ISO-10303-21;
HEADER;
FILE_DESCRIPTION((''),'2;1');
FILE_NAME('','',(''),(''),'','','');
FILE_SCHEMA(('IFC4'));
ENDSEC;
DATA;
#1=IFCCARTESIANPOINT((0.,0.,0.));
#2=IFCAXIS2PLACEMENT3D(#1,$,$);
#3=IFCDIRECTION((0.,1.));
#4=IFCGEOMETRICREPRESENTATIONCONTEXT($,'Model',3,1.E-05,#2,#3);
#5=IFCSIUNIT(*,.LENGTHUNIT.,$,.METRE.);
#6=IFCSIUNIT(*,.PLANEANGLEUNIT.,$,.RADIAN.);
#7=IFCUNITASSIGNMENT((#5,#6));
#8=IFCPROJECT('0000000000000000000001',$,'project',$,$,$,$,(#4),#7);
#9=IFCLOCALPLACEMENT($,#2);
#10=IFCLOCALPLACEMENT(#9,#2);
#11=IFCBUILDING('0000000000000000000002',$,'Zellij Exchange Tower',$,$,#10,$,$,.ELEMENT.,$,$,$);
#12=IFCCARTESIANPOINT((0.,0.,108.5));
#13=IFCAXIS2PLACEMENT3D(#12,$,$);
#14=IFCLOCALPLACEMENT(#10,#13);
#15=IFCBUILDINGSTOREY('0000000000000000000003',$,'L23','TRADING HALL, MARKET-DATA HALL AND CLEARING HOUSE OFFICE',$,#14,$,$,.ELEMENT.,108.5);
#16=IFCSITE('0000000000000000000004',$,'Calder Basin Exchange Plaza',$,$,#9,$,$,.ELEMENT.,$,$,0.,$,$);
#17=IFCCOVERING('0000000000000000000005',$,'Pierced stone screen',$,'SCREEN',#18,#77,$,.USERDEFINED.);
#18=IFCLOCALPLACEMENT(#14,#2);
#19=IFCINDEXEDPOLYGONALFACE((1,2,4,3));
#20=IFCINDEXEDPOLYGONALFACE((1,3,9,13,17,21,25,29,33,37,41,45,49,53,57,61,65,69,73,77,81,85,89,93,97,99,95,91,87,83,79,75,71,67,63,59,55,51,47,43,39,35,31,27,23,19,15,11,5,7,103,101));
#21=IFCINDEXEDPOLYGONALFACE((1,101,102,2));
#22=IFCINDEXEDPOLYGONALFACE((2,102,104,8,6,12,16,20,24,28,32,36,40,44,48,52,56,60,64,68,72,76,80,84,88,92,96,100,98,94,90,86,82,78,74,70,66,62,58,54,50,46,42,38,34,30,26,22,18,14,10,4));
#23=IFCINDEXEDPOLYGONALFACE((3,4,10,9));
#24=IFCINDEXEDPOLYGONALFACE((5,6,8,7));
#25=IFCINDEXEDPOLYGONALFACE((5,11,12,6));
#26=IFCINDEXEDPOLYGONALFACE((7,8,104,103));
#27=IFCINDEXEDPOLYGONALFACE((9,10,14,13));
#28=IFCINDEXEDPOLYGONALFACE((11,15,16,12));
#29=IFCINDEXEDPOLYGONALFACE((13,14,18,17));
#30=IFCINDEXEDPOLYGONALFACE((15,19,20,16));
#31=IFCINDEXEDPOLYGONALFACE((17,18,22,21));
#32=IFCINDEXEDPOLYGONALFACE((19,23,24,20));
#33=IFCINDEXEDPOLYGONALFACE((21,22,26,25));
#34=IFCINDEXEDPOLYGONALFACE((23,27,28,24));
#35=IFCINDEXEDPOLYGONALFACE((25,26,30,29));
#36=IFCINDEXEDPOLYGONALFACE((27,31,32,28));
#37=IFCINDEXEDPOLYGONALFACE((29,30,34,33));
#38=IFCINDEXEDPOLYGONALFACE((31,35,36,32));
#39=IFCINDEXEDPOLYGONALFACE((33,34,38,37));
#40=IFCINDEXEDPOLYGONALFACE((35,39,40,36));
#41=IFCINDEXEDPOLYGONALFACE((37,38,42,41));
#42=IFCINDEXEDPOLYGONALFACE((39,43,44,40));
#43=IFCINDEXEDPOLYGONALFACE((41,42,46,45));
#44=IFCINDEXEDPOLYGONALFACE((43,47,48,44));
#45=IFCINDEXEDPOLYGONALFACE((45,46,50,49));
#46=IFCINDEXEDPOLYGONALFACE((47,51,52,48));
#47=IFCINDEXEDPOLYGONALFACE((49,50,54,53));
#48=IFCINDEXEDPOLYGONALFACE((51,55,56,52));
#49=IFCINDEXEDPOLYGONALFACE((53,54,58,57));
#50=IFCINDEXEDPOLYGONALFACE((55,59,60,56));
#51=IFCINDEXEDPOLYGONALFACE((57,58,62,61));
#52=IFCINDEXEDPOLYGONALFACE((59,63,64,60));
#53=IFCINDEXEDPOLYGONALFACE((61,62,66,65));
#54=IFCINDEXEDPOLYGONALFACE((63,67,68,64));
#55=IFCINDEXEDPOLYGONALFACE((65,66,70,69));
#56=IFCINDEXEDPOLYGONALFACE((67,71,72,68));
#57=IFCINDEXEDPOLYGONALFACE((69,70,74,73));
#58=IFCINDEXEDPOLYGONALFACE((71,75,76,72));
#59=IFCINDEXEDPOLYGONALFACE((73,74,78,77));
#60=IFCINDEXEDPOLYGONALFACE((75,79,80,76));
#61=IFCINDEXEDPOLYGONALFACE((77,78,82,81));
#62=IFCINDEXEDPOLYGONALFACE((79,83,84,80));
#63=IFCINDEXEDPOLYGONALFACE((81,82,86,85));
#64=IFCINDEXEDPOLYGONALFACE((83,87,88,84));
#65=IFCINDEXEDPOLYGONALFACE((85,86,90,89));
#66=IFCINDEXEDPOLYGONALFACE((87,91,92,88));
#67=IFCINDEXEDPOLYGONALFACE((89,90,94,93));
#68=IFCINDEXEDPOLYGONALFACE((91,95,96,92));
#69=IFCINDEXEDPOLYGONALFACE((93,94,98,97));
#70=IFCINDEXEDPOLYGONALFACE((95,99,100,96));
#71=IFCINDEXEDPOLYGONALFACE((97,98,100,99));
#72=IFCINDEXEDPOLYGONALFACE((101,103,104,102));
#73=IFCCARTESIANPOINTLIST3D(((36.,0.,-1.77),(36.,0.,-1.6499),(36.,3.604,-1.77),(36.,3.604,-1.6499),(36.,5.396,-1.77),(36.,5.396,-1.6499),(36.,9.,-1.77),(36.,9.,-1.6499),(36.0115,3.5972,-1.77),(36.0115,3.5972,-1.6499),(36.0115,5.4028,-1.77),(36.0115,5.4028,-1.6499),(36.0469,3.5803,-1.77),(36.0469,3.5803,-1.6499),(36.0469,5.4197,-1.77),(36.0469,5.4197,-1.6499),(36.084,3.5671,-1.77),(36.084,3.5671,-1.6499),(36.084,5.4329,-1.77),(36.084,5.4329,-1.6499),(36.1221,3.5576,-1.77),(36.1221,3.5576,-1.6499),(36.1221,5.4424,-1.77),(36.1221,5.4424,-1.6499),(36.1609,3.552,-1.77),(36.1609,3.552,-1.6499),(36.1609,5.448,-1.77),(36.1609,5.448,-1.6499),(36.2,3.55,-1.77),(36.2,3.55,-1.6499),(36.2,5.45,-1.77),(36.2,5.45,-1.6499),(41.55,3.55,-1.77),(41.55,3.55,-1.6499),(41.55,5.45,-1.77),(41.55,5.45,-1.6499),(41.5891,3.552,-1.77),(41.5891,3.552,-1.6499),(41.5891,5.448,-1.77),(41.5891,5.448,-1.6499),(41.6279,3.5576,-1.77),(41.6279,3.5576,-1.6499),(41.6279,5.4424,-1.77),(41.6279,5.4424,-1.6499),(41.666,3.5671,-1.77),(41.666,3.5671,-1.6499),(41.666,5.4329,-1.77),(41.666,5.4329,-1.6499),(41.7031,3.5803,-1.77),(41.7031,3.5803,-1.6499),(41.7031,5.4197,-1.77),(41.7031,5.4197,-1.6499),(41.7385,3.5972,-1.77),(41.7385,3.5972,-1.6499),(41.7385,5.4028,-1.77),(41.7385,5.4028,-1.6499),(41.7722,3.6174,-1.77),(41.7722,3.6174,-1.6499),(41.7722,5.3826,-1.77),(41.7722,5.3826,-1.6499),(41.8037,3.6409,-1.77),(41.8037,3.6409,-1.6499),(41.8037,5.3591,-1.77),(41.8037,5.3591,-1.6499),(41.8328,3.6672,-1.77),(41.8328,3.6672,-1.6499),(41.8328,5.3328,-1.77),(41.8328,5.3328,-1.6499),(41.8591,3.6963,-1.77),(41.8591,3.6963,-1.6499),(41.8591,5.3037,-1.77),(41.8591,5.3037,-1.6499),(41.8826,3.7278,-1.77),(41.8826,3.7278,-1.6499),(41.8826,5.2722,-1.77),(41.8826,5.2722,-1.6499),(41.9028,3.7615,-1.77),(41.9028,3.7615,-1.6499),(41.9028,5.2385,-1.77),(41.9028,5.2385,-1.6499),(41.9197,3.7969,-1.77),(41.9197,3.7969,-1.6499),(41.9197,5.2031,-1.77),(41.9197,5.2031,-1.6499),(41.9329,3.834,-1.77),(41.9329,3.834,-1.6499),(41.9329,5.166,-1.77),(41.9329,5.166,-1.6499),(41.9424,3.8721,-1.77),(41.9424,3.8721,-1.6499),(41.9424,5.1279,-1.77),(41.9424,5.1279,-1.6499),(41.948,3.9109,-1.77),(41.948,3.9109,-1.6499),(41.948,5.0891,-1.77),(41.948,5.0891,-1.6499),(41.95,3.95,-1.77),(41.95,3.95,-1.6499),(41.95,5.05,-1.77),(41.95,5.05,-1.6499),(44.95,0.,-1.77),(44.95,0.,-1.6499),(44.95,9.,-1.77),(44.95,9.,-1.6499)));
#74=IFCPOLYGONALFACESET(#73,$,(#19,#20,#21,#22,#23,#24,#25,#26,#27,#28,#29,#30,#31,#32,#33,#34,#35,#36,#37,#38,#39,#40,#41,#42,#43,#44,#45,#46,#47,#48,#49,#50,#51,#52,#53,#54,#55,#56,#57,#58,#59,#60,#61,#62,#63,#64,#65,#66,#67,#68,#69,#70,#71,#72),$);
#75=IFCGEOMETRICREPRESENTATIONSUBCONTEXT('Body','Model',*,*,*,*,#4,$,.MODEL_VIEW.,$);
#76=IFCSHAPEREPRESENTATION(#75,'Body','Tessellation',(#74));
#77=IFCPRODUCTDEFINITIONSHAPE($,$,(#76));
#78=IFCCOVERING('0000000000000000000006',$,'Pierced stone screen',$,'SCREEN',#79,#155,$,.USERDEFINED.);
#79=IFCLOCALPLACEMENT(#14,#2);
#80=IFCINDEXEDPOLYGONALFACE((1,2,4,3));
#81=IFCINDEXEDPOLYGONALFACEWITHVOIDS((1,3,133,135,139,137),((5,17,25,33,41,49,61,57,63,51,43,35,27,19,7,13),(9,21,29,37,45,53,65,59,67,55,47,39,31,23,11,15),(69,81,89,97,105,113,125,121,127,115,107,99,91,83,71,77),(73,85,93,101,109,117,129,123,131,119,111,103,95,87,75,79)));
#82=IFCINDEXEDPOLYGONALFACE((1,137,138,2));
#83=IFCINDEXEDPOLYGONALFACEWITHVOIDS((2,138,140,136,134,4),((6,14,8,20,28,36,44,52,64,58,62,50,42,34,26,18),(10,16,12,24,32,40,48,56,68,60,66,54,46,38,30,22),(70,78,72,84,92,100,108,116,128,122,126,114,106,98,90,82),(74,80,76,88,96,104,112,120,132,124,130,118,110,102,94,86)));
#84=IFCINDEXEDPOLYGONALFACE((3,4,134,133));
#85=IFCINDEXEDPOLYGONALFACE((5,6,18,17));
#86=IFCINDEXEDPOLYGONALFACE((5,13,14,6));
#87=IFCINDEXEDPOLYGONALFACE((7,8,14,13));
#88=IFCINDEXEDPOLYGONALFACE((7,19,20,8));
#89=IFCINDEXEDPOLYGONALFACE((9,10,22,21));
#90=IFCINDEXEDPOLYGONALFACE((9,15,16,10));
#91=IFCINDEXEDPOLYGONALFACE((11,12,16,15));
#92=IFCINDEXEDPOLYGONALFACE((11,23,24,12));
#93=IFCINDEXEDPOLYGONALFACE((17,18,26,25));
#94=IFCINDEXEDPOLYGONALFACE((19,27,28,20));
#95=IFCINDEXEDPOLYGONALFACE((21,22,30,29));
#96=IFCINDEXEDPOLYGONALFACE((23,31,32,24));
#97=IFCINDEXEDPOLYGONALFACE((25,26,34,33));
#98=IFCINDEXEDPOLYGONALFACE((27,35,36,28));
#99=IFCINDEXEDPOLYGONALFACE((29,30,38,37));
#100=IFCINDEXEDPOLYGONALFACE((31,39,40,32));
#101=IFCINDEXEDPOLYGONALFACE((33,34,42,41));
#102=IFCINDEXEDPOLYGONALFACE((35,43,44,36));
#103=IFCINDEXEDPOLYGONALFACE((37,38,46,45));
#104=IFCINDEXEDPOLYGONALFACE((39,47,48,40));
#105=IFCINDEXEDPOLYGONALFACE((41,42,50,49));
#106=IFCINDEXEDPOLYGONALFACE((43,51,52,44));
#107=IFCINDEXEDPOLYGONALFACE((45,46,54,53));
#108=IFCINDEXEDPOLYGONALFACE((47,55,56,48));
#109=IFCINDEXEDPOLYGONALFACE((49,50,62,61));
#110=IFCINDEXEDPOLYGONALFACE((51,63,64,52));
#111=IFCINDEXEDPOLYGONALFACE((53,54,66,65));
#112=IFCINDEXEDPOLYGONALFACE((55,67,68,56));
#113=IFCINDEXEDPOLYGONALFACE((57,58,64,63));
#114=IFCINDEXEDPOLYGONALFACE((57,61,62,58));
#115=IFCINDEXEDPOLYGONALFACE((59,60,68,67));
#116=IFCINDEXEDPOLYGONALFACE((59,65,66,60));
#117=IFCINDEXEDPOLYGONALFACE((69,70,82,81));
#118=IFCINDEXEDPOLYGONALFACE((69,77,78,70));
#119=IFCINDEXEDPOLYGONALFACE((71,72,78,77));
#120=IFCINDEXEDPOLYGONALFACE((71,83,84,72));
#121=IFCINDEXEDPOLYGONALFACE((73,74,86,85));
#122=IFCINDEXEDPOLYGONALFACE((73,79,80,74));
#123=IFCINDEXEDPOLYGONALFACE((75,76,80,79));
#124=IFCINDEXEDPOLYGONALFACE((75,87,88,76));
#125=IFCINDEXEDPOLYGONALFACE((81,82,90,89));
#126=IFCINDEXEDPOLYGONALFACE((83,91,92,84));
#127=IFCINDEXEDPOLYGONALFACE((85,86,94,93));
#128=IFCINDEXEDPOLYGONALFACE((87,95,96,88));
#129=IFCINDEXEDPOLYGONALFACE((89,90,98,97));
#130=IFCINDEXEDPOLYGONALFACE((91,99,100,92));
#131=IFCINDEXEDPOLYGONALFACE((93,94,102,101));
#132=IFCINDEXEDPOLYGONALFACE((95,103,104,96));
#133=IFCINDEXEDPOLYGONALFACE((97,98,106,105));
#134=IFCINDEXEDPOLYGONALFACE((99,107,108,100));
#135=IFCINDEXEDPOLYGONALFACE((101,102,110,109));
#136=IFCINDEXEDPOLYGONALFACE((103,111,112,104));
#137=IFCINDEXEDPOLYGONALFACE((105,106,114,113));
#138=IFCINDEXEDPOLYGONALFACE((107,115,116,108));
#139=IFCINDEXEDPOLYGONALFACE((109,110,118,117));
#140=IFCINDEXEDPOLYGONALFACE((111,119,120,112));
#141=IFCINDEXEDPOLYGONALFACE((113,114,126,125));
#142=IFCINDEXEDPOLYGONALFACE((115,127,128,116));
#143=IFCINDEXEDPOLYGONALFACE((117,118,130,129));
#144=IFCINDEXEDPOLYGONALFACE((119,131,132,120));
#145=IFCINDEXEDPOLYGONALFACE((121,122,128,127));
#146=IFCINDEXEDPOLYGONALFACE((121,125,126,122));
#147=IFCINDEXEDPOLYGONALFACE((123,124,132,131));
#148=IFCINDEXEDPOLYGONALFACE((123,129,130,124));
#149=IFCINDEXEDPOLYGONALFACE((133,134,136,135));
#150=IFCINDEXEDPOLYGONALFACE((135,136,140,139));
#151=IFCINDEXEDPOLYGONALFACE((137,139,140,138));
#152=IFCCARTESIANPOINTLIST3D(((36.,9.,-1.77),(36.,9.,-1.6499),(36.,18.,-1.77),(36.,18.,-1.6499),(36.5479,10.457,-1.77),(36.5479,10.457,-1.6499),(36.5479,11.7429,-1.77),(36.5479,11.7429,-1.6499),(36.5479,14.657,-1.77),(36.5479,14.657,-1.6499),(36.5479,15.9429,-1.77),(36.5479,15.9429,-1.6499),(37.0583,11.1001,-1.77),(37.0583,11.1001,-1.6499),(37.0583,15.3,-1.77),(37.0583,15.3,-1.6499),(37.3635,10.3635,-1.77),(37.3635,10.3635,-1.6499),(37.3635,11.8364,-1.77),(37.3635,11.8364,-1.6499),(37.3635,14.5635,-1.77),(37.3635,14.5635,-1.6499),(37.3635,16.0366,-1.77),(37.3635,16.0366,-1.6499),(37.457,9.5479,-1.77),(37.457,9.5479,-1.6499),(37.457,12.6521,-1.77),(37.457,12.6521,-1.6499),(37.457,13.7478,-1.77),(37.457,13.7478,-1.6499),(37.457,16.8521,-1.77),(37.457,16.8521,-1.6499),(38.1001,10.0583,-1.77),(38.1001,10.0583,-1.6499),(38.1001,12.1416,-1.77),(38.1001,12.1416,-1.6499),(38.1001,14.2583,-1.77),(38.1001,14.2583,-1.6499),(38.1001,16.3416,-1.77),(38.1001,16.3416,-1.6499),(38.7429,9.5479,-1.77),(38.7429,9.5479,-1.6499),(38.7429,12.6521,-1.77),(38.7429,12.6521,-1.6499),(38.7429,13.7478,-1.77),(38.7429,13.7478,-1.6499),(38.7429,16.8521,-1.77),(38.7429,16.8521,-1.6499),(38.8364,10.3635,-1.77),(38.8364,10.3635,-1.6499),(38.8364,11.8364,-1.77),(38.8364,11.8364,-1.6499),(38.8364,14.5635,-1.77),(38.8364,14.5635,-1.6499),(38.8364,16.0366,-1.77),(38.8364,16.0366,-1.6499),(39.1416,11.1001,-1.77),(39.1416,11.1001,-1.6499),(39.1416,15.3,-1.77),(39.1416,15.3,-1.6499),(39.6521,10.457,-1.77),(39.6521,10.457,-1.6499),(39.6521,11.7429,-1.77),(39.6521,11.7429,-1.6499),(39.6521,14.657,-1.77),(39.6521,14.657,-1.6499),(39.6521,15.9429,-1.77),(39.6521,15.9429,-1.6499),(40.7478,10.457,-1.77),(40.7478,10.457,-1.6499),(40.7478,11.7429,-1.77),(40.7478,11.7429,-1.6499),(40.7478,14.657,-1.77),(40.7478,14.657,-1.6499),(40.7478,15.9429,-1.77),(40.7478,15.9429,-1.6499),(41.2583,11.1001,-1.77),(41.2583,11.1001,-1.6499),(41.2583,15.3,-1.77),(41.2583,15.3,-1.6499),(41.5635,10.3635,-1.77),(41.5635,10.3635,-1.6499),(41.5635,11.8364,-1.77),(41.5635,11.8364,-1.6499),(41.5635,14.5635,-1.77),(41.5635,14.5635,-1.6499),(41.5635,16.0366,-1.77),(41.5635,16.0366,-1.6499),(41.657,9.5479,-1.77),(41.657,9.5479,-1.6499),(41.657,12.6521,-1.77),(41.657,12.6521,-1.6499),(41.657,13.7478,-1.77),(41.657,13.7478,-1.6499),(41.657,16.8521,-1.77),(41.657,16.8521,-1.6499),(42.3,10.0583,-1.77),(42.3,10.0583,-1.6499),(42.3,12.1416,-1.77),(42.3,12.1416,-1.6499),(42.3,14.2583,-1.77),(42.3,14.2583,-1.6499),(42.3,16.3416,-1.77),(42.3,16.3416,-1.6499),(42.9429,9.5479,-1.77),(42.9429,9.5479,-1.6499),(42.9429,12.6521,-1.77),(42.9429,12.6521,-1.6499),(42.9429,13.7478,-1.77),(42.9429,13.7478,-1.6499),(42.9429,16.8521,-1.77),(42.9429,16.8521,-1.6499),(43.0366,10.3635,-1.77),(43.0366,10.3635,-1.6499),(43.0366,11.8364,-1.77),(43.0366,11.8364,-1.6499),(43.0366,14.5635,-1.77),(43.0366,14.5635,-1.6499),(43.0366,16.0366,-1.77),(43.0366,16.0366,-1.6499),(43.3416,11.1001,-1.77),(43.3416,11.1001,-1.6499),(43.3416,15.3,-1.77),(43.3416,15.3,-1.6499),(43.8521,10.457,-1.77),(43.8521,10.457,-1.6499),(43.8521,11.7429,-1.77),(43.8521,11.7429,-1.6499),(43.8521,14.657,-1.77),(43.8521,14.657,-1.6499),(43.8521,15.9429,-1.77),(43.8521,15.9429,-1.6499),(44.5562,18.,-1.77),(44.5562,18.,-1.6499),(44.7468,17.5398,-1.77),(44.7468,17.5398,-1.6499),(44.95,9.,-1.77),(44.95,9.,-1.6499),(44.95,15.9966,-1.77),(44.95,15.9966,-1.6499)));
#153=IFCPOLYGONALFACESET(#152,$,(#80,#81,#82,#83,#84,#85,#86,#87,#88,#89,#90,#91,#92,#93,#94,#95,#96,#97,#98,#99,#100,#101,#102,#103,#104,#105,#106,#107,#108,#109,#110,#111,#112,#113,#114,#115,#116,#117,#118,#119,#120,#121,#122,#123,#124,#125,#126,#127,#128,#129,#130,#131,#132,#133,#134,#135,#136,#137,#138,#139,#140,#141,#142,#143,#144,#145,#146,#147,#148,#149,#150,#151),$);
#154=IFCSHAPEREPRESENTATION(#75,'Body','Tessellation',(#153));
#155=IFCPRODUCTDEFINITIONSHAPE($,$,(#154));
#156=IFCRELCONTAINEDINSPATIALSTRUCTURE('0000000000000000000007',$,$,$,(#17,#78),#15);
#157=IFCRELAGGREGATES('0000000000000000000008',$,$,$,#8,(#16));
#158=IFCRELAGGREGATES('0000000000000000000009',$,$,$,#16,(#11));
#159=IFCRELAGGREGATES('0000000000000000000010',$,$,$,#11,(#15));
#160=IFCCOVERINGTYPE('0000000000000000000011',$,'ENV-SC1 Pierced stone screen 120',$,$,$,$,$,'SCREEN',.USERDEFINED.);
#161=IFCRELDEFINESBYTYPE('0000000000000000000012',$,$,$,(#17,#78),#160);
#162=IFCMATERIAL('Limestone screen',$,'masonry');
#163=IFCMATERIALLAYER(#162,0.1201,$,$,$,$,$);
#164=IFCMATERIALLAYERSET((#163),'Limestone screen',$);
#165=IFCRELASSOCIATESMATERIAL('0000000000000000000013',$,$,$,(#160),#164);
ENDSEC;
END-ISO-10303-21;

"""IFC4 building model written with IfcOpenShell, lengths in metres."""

from ifc_helpers import new_model, si_unit, direction, frame, origin, place, context, subcontext, project, spatial, polyline, outline, extrude, material, layer, layer_set, type_object, element, save


model = new_model("IFC4")

# Units and contexts
model_context = context("Model", 3, precision=1e-05, world=origin(), true_north=direction((0.0, 1.0)))
body_context = subcontext(model_context, "Body", "Model", "MODEL_VIEW")
ifc_project = project(units=[si_unit("LENGTHUNIT", "METRE"), si_unit("PLANEANGLEUNIT", "RADIAN")], contexts=[model_context])

# Site, building, storey
site_placement = place(None, origin())
site = spatial("IfcSite", under=ifc_project, at=site_placement, Name="Calder Basin Exchange Plaza", CompositionType="ELEMENT", RefElevation=0.0)
building_placement = place(site_placement, origin())
building = spatial("IfcBuilding", under=site, at=building_placement, Name="Zellij Exchange Tower", CompositionType="ELEMENT")
storey_placement = place(building_placement, frame((0.0, 0.0, 108.5)))
storey = spatial("IfcBuildingStorey", under=building, at=storey_placement, Name="L23", Description="TRADING HALL, MARKET-DATA HALL AND CLEARING HOUSE OFFICE", CompositionType="ELEMENT", Elevation=108.5)

# Coverings
ifc_material_1 = material(Name="Limestone screen", Category="masonry")
ifc_layer_1 = layer(ifc_material_1, 0.1201)
ifc_layer_set_1 = layer_set([ifc_layer_1], Name="Limestone screen")
covering_type = type_object("IfcCoveringType", Name="ENV-SC1 Pierced stone screen 120", ElementType="SCREEN", PredefinedType="USERDEFINED", material=ifc_layer_set_1)
covering_1_placement = place(storey_placement, frame((0.0, 0.0, -1.77)))
element("IfcCovering", 1, at=covering_1_placement, inside=storey, type_object=covering_type, Name="Pierced stone screen", ObjectType="SCREEN", PredefinedType="USERDEFINED", context=body_context, shape_type="SweptSolid", body=[
    extrude(outline(polyline([(44.95, 0.0), (36.0, 0.0), (36.0, 3.604), (36.0115, 3.5972), (36.0469, 3.5803), (36.084, 3.5671), (36.1221, 3.5576), (36.1609, 3.552), (36.2, 3.55), (41.55, 3.55), (41.5891, 3.552), (41.6279, 3.5576), (41.666, 3.5671), (41.7031, 3.5803), (41.7385, 3.5972), (41.7722, 3.6174), (41.8037, 3.6409), (41.8328, 3.6672), (41.8591, 3.6963), (41.8826, 3.7278), (41.9028, 3.7615), (41.9197, 3.7969), (41.9329, 3.834), (41.9424, 3.8721), (41.948, 3.9109), (41.95, 3.95), (41.95, 5.05), (41.948, 5.0891), (41.9424, 5.1279), (41.9329, 5.166), (41.9197, 5.2031), (41.9028, 5.2385), (41.8826, 5.2722), (41.8591, 5.3037), (41.8328, 5.3328), (41.8037, 5.3591), (41.7722, 5.3826), (41.7385, 5.4028), (41.7031, 5.4197), (41.666, 5.4329), (41.6279, 5.4424), (41.5891, 5.448), (41.55, 5.45), (36.2, 5.45), (36.1609, 5.448), (36.1221, 5.4424), (36.084, 5.4329), (36.0469, 5.4197), (36.0115, 5.4028), (36.0, 5.396), (36.0, 9.0), (44.95, 9.0), (44.95, 0.0)])), origin(), (0.0, 0.0, 1.0), 0.1201),
])
covering_2_placement = place(storey_placement, frame((0.0, 0.0, -1.77)))
element("IfcCovering", 2, at=covering_2_placement, inside=storey, type_object=covering_type, Name="Pierced stone screen", ObjectType="SCREEN", PredefinedType="USERDEFINED", context=body_context, shape_type="SweptSolid", body=[
    extrude(outline(polyline([(44.7468, 17.5398), (44.95, 15.9966), (44.95, 9.0), (36.0, 9.0), (36.0, 18.0), (44.5562, 18.0), (44.7468, 17.5398)]), holes=[polyline([(39.6521, 11.7429), (38.8364, 11.8364), (38.7429, 12.6521), (38.1001, 12.1416), (37.457, 12.6521), (37.3635, 11.8364), (36.5479, 11.7429), (37.0583, 11.1001), (36.5479, 10.457), (37.3635, 10.3635), (37.457, 9.5479), (38.1001, 10.0583), (38.7429, 9.5479), (38.8364, 10.3635), (39.6521, 10.457), (39.1416, 11.1001), (39.6521, 11.7429)]), polyline([(39.6521, 15.9429), (38.8364, 16.0366), (38.7429, 16.8521), (38.1001, 16.3416), (37.457, 16.8521), (37.3635, 16.0366), (36.5479, 15.9429), (37.0583, 15.3), (36.5479, 14.657), (37.3635, 14.5635), (37.457, 13.7478), (38.1001, 14.2583), (38.7429, 13.7478), (38.8364, 14.5635), (39.6521, 14.657), (39.1416, 15.3), (39.6521, 15.9429)]), polyline([(43.8521, 11.7429), (43.0366, 11.8364), (42.9429, 12.6521), (42.3, 12.1416), (41.657, 12.6521), (41.5635, 11.8364), (40.7478, 11.7429), (41.2583, 11.1001), (40.7478, 10.457), (41.5635, 10.3635), (41.657, 9.5479), (42.3, 10.0583), (42.9429, 9.5479), (43.0366, 10.3635), (43.8521, 10.457), (43.3416, 11.1001), (43.8521, 11.7429)]), polyline([(43.8521, 15.9429), (43.0366, 16.0366), (42.9429, 16.8521), (42.3, 16.3416), (41.657, 16.8521), (41.5635, 16.0366), (40.7478, 15.9429), (41.2583, 15.3), (40.7478, 14.657), (41.5635, 14.5635), (41.657, 13.7478), (42.3, 14.2583), (42.9429, 13.7478), (43.0366, 14.5635), (43.8521, 14.657), (43.3416, 15.3), (43.8521, 15.9429)])]), origin(), (0.0, 0.0, 1.0), 0.1201),
])

save(model, "model.ifc")
